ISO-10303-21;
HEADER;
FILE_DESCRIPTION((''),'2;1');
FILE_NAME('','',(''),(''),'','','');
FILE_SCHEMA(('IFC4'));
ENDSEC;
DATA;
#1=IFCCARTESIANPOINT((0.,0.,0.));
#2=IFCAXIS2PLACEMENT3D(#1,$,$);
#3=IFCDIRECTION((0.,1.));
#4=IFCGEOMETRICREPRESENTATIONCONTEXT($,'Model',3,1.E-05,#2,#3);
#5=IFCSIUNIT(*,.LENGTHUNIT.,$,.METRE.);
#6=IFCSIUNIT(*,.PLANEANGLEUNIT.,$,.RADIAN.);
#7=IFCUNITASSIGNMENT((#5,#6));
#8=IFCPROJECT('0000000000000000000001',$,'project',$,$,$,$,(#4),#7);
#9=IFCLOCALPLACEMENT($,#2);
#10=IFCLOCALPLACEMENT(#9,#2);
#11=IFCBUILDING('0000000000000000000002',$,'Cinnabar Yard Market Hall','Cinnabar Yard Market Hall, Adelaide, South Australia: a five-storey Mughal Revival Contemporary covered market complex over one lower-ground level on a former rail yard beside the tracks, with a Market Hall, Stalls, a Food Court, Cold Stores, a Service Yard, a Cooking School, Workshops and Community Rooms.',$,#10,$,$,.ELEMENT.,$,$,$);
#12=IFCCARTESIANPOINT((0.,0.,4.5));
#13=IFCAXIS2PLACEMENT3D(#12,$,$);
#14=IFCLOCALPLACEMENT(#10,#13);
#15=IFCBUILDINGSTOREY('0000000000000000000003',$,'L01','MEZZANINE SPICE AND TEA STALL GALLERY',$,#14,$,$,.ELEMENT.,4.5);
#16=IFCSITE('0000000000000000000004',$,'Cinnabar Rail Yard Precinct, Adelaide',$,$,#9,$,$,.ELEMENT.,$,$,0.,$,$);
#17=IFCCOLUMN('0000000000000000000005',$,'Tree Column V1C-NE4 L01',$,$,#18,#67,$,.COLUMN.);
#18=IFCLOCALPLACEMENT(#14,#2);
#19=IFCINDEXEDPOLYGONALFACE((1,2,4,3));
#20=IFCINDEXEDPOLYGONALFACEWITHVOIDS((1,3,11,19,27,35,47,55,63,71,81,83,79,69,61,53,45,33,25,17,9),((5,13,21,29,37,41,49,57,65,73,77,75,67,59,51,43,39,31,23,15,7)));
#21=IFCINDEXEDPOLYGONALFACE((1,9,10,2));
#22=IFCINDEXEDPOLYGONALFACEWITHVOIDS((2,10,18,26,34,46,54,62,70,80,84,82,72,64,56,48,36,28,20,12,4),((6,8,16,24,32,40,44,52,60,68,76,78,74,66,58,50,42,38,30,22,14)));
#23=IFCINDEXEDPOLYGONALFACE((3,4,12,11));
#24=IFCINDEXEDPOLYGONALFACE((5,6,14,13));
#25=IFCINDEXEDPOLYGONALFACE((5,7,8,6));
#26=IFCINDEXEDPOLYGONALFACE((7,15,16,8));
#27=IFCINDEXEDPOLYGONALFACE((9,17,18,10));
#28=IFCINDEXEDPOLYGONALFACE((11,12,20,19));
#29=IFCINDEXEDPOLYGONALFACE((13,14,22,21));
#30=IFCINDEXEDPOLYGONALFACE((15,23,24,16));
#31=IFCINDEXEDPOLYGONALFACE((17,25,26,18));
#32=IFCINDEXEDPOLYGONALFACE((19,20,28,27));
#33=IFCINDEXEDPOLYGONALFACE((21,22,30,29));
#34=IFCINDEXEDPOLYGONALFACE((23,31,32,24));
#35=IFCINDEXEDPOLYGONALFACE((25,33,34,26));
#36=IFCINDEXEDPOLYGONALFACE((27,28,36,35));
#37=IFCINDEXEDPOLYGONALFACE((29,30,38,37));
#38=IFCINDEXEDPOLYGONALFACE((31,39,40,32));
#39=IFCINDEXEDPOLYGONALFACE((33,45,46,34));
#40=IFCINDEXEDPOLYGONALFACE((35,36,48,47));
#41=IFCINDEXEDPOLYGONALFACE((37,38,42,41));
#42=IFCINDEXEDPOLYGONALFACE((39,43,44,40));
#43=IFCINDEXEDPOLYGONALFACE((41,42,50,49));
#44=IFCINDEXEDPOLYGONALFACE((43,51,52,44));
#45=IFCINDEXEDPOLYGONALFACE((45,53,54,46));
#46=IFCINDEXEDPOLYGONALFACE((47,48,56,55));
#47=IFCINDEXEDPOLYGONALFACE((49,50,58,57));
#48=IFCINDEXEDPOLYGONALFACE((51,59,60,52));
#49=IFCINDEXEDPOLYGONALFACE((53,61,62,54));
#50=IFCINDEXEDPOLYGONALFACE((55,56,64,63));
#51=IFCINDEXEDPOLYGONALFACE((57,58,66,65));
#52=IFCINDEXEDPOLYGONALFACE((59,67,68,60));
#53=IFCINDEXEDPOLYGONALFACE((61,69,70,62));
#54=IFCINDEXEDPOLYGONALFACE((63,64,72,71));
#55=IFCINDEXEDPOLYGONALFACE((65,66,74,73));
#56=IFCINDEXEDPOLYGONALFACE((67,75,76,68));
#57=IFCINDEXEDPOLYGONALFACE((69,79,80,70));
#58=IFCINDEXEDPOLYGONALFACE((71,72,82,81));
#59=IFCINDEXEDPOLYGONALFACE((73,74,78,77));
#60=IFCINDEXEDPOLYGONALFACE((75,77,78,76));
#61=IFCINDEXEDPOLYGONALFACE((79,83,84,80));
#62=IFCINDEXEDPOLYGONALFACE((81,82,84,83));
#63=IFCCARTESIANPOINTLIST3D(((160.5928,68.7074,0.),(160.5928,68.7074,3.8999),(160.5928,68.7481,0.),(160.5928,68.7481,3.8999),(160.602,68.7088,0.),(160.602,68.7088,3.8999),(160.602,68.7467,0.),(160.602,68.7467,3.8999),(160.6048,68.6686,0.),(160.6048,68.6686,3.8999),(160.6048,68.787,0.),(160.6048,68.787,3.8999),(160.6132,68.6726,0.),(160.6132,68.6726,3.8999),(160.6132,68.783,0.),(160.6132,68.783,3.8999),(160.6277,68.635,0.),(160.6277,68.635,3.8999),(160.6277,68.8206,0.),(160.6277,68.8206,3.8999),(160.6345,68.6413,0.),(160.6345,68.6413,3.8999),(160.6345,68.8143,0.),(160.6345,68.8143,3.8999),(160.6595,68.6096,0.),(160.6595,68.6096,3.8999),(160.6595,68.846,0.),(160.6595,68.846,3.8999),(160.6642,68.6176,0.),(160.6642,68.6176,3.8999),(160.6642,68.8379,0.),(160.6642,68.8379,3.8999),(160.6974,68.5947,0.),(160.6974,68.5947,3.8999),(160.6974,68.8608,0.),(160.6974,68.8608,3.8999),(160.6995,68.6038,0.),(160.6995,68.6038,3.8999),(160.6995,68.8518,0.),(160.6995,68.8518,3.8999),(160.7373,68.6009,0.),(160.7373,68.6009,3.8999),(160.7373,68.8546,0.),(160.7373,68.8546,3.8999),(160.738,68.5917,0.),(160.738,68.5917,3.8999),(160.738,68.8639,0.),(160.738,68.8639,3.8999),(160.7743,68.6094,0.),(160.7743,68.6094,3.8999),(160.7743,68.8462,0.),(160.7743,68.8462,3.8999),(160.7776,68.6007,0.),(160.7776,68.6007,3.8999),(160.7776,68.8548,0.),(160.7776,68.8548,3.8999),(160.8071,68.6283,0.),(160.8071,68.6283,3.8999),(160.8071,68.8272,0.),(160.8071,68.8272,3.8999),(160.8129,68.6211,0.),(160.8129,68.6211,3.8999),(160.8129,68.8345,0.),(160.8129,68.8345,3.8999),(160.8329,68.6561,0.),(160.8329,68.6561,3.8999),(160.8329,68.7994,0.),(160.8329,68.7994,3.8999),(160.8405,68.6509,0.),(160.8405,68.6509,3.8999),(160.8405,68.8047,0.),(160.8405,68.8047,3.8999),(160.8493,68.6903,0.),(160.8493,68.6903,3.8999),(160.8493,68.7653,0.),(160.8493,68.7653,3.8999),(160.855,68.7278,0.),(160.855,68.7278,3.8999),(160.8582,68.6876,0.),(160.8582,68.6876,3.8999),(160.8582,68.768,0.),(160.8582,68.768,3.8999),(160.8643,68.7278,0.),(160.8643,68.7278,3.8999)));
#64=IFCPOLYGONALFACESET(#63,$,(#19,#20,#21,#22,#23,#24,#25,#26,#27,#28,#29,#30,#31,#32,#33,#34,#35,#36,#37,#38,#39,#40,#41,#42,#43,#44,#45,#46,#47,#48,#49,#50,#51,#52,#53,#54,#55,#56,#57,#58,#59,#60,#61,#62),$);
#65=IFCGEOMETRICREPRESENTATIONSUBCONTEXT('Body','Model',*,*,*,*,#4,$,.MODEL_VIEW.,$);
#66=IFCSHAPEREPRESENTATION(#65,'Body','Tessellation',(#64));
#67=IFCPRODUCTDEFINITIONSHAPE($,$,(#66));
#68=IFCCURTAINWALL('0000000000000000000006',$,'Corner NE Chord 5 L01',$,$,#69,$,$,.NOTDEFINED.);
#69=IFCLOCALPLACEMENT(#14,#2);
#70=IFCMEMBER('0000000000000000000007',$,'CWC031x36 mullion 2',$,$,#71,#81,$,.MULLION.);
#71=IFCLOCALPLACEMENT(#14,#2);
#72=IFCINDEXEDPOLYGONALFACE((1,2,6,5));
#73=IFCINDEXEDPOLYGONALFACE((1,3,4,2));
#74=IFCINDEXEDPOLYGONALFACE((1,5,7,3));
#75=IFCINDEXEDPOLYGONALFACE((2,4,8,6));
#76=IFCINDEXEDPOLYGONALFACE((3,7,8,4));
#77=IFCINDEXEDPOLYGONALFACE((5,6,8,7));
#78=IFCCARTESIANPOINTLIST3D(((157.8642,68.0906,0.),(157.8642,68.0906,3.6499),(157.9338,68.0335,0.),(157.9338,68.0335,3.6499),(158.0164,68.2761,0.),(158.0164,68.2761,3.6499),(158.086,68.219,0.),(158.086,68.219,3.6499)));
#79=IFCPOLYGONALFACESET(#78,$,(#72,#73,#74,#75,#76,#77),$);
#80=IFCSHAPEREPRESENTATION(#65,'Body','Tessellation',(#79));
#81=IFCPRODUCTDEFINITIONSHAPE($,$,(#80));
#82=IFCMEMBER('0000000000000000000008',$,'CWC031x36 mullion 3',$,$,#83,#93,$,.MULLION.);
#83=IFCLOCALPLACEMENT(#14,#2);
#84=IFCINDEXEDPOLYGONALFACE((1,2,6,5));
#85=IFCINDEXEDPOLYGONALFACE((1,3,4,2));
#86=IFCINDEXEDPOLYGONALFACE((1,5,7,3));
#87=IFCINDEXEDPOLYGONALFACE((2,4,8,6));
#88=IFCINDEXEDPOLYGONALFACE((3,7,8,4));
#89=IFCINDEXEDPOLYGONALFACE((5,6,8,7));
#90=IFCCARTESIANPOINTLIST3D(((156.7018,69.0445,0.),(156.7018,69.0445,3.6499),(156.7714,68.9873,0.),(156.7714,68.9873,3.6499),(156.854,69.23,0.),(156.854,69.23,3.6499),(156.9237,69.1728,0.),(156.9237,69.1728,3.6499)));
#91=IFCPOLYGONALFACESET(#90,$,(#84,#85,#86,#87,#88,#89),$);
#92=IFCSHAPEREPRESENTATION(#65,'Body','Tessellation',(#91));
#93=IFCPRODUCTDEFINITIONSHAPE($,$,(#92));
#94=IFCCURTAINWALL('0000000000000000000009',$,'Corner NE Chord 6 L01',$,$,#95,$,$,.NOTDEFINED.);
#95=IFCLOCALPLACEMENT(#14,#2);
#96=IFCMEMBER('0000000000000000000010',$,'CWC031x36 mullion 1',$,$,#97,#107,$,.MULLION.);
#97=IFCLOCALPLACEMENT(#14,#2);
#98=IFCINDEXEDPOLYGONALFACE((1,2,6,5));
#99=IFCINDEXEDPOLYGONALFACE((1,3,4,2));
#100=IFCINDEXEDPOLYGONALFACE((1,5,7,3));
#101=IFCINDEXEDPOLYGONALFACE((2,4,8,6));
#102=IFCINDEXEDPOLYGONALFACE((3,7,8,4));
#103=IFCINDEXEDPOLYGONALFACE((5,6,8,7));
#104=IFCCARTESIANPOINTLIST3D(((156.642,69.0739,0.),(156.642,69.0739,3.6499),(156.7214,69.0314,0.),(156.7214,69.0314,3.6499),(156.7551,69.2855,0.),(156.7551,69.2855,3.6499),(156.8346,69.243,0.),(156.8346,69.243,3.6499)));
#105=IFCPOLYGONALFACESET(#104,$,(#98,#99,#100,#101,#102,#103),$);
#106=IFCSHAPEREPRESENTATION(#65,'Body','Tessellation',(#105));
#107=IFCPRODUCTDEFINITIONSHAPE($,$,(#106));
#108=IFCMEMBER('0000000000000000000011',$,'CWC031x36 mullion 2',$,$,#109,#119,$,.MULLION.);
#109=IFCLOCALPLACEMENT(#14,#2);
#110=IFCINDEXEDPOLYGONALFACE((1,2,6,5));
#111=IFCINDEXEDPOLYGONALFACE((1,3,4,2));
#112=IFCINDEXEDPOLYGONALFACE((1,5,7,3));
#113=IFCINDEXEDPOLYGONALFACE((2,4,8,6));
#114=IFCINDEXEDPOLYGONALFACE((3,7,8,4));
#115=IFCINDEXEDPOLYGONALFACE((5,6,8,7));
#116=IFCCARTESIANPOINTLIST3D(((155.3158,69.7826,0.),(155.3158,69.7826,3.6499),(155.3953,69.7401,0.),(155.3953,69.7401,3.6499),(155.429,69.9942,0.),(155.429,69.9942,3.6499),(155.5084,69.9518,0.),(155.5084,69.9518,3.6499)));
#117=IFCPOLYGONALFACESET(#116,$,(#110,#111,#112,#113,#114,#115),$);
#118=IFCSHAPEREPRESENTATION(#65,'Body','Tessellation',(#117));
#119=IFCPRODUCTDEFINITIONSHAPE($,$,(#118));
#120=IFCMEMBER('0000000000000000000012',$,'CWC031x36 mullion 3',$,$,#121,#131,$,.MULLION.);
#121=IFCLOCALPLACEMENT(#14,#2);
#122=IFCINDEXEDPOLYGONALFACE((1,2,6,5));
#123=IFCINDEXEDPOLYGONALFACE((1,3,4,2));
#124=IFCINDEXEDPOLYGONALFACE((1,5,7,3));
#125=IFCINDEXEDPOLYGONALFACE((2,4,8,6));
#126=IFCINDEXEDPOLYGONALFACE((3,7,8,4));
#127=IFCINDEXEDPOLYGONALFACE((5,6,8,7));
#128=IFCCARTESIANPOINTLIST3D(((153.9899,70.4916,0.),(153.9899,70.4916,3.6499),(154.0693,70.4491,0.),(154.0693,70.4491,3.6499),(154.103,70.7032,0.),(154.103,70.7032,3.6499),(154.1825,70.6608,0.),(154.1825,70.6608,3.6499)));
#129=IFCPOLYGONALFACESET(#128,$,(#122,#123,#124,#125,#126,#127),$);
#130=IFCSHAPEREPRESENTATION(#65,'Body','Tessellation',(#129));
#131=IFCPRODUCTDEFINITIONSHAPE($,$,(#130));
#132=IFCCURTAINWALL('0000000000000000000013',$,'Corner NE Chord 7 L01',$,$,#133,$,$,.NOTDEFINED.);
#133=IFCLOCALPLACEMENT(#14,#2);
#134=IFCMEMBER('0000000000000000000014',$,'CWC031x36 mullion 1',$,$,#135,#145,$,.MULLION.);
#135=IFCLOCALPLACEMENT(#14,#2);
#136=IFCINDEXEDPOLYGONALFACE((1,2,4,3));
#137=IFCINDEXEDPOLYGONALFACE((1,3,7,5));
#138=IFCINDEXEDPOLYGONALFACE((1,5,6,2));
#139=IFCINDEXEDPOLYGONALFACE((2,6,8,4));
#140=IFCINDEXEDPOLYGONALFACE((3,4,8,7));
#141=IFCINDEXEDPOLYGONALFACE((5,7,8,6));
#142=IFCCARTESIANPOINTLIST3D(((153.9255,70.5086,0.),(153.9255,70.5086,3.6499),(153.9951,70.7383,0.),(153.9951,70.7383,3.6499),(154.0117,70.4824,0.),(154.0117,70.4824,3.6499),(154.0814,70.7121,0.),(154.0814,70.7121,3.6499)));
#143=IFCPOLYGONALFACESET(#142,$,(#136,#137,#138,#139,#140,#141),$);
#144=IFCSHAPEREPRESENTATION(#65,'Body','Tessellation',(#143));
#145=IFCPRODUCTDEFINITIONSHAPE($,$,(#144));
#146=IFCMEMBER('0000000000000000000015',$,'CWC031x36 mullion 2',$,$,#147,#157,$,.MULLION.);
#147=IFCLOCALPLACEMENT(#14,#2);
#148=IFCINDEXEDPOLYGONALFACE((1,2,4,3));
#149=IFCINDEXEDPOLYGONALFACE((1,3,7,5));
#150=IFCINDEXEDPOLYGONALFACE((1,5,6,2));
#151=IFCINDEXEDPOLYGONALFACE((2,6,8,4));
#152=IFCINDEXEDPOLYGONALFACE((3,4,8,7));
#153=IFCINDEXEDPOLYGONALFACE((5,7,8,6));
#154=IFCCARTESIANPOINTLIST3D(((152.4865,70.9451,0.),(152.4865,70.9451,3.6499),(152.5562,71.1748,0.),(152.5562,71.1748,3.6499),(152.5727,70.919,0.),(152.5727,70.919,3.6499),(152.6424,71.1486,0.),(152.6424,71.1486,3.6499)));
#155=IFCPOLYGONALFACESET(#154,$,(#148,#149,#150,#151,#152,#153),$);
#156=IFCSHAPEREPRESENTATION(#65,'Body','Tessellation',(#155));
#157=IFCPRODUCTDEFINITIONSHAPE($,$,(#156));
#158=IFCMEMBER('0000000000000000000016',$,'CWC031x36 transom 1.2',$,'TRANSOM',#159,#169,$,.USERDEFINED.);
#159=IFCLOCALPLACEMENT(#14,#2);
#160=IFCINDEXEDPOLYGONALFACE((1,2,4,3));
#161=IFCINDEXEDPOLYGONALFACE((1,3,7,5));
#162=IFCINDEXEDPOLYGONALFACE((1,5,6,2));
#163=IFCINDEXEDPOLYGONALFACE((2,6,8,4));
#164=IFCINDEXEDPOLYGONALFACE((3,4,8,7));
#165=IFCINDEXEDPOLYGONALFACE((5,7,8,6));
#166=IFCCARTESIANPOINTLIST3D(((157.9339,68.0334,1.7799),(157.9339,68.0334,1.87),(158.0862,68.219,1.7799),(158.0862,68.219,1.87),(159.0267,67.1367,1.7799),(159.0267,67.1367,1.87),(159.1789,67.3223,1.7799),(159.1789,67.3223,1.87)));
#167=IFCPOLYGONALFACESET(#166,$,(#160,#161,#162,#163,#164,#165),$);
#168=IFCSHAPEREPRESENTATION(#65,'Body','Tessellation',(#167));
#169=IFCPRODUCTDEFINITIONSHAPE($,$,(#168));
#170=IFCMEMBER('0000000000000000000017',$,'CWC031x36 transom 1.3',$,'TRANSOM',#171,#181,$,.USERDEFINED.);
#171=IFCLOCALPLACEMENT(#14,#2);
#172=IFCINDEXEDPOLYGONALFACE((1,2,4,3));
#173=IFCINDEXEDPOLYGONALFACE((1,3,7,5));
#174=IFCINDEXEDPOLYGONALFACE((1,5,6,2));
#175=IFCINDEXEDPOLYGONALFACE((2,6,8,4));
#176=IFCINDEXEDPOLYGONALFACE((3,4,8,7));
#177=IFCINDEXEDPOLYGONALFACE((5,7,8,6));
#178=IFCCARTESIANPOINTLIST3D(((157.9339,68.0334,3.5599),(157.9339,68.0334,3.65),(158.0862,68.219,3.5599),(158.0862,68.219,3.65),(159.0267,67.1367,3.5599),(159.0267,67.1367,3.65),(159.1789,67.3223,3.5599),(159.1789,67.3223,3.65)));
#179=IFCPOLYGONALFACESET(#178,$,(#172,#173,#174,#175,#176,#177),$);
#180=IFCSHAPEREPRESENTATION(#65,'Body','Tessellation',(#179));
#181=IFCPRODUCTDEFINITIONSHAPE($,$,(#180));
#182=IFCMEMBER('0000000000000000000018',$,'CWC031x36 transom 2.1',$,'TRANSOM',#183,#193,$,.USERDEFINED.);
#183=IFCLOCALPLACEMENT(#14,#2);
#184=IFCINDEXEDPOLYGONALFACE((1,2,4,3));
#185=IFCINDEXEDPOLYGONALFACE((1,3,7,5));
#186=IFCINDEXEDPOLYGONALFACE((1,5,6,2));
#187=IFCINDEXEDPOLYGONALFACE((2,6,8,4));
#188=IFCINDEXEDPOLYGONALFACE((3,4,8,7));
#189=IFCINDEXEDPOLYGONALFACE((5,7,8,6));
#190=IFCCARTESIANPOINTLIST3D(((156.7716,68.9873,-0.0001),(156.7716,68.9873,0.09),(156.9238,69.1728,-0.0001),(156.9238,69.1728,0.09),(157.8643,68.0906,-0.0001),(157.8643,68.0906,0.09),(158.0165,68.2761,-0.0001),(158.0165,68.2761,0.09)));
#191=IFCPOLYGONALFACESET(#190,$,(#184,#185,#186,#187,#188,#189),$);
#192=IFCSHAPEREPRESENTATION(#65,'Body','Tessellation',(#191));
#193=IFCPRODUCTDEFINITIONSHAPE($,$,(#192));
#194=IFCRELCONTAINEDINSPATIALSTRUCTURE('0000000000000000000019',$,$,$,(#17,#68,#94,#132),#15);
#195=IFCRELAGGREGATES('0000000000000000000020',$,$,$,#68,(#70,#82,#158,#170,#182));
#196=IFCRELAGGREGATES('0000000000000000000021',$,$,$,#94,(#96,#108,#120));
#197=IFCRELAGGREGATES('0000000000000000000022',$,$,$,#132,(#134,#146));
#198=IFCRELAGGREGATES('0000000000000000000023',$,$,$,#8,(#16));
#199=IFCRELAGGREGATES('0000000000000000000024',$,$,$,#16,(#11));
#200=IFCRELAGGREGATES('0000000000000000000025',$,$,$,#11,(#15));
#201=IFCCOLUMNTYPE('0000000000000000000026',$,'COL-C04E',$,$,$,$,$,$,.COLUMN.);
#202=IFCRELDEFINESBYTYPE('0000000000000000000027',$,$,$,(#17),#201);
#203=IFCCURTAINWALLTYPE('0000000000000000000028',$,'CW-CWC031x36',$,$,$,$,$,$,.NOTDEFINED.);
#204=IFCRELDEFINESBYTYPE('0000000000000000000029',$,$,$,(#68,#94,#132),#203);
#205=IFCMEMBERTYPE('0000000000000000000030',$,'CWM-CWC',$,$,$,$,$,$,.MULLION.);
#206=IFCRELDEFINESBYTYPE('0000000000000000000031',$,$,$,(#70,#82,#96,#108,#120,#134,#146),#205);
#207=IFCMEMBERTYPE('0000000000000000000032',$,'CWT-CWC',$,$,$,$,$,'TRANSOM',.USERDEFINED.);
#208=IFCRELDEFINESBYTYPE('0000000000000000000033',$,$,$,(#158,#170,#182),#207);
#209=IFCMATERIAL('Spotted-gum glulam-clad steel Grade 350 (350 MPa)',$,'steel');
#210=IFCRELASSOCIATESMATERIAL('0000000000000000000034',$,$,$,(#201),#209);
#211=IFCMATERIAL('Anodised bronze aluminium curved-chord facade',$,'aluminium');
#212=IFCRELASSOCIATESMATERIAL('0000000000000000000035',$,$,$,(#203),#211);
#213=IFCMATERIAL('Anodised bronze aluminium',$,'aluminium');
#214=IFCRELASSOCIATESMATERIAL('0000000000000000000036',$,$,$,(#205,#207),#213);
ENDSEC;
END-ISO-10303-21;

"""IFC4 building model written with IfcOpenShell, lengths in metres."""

from ifc_helpers import new_model, si_unit, direction, frame, origin, origin_2d_with_axis, place, context, subcontext, project, spatial, rectangle, hollow_circle, extrude, material, material_profile, profile_set, type_object, element, aggregate, save


model = new_model("IFC4")

# Units and contexts
model_context = context("Model", 3, precision=1e-05, world=origin(), true_north=direction((0.0, 1.0)))
body_context = subcontext(model_context, "Body", "Model", "MODEL_VIEW")
ifc_project = project(units=[si_unit("LENGTHUNIT", "METRE"), si_unit("PLANEANGLEUNIT", "RADIAN")], contexts=[model_context])

# Site, building, storey
site_placement = place(None, origin())
site = spatial("IfcSite", under=ifc_project, at=site_placement, Name="Cinnabar Rail Yard Precinct, Adelaide", CompositionType="ELEMENT", RefElevation=0.0)
building_placement = place(site_placement, origin())
building = spatial("IfcBuilding", under=site, at=building_placement, Name="Cinnabar Yard Market Hall", Description="Cinnabar Yard Market Hall, Adelaide, South Australia: a five-storey Mughal Revival Contemporary covered market complex over one lower-ground level on a former rail yard beside the tracks, with a Market Hall, Stalls, a Food Court, Cold Stores, a Service Yard, a Cooking School, Workshops and Community Rooms.", CompositionType="ELEMENT")
storey_placement = place(building_placement, frame((0.0, 0.0, 4.5)))
storey = spatial("IfcBuildingStorey", under=building, at=storey_placement, Name="L01", Description="MEZZANINE SPICE AND TEA STALL GALLERY", CompositionType="ELEMENT", Elevation=4.5)

# Column
ifc_material_1 = material(Name="Spotted-gum glulam-clad steel Grade 350 (350 MPa)", Category="steel")
ifc_material_profile_1 = material_profile(ifc_material_1, hollow_circle(Radius=0.1365, WallThickness=0.0093, at=origin_2d_with_axis()), Name="273.1x9.3CHS")
ifc_profile_set_1 = profile_set([ifc_material_profile_1], Name="Spotted-gum glulam-clad steel Grade 350 (350 MPa)")
column_type = type_object("IfcColumnType", Name="COL-C04E", PredefinedType="COLUMN", material=ifc_profile_set_1)
column_placement = place(storey_placement, frame((160.7278, 68.7278, 0.0), z_axis=(0.0, 0.0, 1.0), x_axis=(1.0, 0.0, 0.0)))
element("IfcColumn", 1, at=column_placement, inside=storey, type_object=column_type, Name="Tree Column V1C-NE4 L01", PredefinedType="COLUMN", context=body_context, shape_type="SweptSolid", body=[
    extrude(hollow_circle(Radius=0.1365, WallThickness=0.0093, at=origin_2d_with_axis()), origin(), (0.0, 0.0, 1.0), 3.8999),
])

# Curtain walls, members
ifc_material_2 = material(Name="Anodised bronze aluminium curved-chord facade", Category="aluminium")
curtain_wall_type = type_object("IfcCurtainWallType", Name="CW-CWC031x36", PredefinedType="NOTDEFINED", material=ifc_material_2)
curtain_wall_1_placement = place(storey_placement, origin())
curtain_wall_1 = element("IfcCurtainWall", 2, at=curtain_wall_1_placement, inside=storey, type_object=curtain_wall_type, Name="Corner NE Chord 5 L01", PredefinedType="NOTDEFINED")
ifc_material_3 = material(Name="Anodised bronze aluminium", Category="aluminium")
ifc_material_profile_2 = material_profile(ifc_material_3, rectangle(XDim=0.24, YDim=0.0901, at=origin_2d_with_axis()), Name="MUL-CWC")
ifc_profile_set_2 = profile_set([ifc_material_profile_2], Name="Anodised bronze aluminium")
member_type_1 = type_object("IfcMemberType", Name="CWM-CWC", PredefinedType="MULLION", material=ifc_profile_set_2)
member_1_placement = place(storey_placement, frame((157.9751, 68.1548, 0.0), z_axis=(0.0, 0.0, 1.0), x_axis=(-0.634383, -0.773019, 0.0)))
member_1 = element("IfcMember", 3, at=member_1_placement, type_object=member_type_1, Name="CWC031x36 mullion 2", PredefinedType="MULLION", context=body_context, shape_type="SweptSolid", body=[
    extrude(rectangle(XDim=0.24, YDim=0.0901, at=origin_2d_with_axis()), origin(), (0.0, 0.0, 1.0), 3.6499),
])
member_2_placement = place(storey_placement, frame((156.8127, 69.1086, 0.0), z_axis=(0.0, 0.0, 1.0), x_axis=(-0.634383, -0.773019, 0.0)))
member_2 = element("IfcMember", 4, at=member_2_placement, type_object=member_type_1, Name="CWC031x36 mullion 3", PredefinedType="MULLION", context=body_context, shape_type="SweptSolid", body=[
    extrude(rectangle(XDim=0.24, YDim=0.0901, at=origin_2d_with_axis()), origin(), (0.0, 0.0, 1.0), 3.6499),
])
curtain_wall_2_placement = place(storey_placement, origin())
curtain_wall_2 = element("IfcCurtainWall", 5, at=curtain_wall_2_placement, inside=storey, type_object=curtain_wall_type, Name="Corner NE Chord 6 L01", PredefinedType="NOTDEFINED")
member_3_placement = place(storey_placement, frame((156.7383, 69.1584, 0.0), z_axis=(0.0, 0.0, 1.0), x_axis=(-0.471404, -0.881917, 0.0)))
member_3 = element("IfcMember", 6, at=member_3_placement, type_object=member_type_1, Name="CWC031x36 mullion 1", PredefinedType="MULLION", context=body_context, shape_type="SweptSolid", body=[
    extrude(rectangle(XDim=0.24, YDim=0.0901, at=origin_2d_with_axis()), origin(), (0.0, 0.0, 1.0), 3.6499),
])
member_4_placement = place(storey_placement, frame((155.4121, 69.8672, 0.0), z_axis=(0.0, 0.0, 1.0), x_axis=(-0.471404, -0.881917, 0.0)))
member_4 = element("IfcMember", 7, at=member_4_placement, type_object=member_type_1, Name="CWC031x36 mullion 2", PredefinedType="MULLION", context=body_context, shape_type="SweptSolid", body=[
    extrude(rectangle(XDim=0.24, YDim=0.0901, at=origin_2d_with_axis()), origin(), (0.0, 0.0, 1.0), 3.6499),
])
member_5_placement = place(storey_placement, frame((154.0862, 70.5762, 0.0), z_axis=(0.0, 0.0, 1.0), x_axis=(-0.471404, -0.881917, 0.0)))
member_5 = element("IfcMember", 8, at=member_5_placement, type_object=member_type_1, Name="CWC031x36 mullion 3", PredefinedType="MULLION", context=body_context, shape_type="SweptSolid", body=[
    extrude(rectangle(XDim=0.24, YDim=0.0901, at=origin_2d_with_axis()), origin(), (0.0, 0.0, 1.0), 3.6499),
])
curtain_wall_3_placement = place(storey_placement, origin())
curtain_wall_3 = element("IfcCurtainWall", 9, at=curtain_wall_3_placement, inside=storey, type_object=curtain_wall_type, Name="Corner NE Chord 7 L01", PredefinedType="NOTDEFINED")
member_6_placement = place(storey_placement, frame((154.0034, 70.6104, 0.0), z_axis=(0.0, 0.0, 1.0), x_axis=(-0.290279, -0.956942, 0.0)))
member_6 = element("IfcMember", 10, at=member_6_placement, type_object=member_type_1, Name="CWC031x36 mullion 1", PredefinedType="MULLION", context=body_context, shape_type="SweptSolid", body=[
    extrude(rectangle(XDim=0.24, YDim=0.0901, at=origin_2d_with_axis()), origin(), (0.0, 0.0, 1.0), 3.6499),
])
member_7_placement = place(storey_placement, frame((152.5645, 71.0469, 0.0), z_axis=(0.0, 0.0, 1.0), x_axis=(-0.290279, -0.956942, 0.0)))
member_7 = element("IfcMember", 11, at=member_7_placement, type_object=member_type_1, Name="CWC031x36 mullion 2", PredefinedType="MULLION", context=body_context, shape_type="SweptSolid", body=[
    extrude(rectangle(XDim=0.24, YDim=0.0901, at=origin_2d_with_axis()), origin(), (0.0, 0.0, 1.0), 3.6499),
])

# Members
ifc_material_profile_3 = material_profile(ifc_material_3, rectangle(XDim=0.24, YDim=0.0901, at=origin_2d_with_axis()), Name="TRN-CWC")
ifc_profile_set_3 = profile_set([ifc_material_profile_3], Name="Anodised bronze aluminium")
member_type_2 = type_object("IfcMemberType", Name="CWT-CWC", ElementType="TRANSOM", PredefinedType="USERDEFINED", material=ifc_profile_set_3)
member_8_placement = place(storey_placement, frame((159.1028, 67.2295, 1.825), z_axis=(-0.773041, 0.634356, 0.0), x_axis=(-0.634356, -0.773041, 0.0)))
member_8 = element("IfcMember", 12, at=member_8_placement, type_object=member_type_2, Name="CWC031x36 transom 1.2", ObjectType="TRANSOM", PredefinedType="USERDEFINED", context=body_context, shape_type="SweptSolid", body=[
    extrude(rectangle(XDim=0.24, YDim=0.0901, at=origin_2d_with_axis()), origin(), (0.0, 0.0, 1.0), 1.4136),
])
member_9_placement = place(storey_placement, frame((159.1028, 67.2295, 3.605), z_axis=(-0.773041, 0.634356, 0.0), x_axis=(-0.634356, -0.773041, 0.0)))
member_9 = element("IfcMember", 13, at=member_9_placement, type_object=member_type_2, Name="CWC031x36 transom 1.3", ObjectType="TRANSOM", PredefinedType="USERDEFINED", context=body_context, shape_type="SweptSolid", body=[
    extrude(rectangle(XDim=0.24, YDim=0.0901, at=origin_2d_with_axis()), origin(), (0.0, 0.0, 1.0), 1.4136),
])
member_10_placement = place(storey_placement, frame((157.9404, 68.1833, 0.0449), z_axis=(-0.773041, 0.634356, 0.0), x_axis=(-0.634356, -0.773041, 0.0)))
member_10 = element("IfcMember", 14, at=member_10_placement, type_object=member_type_2, Name="CWC031x36 transom 2.1", ObjectType="TRANSOM", PredefinedType="USERDEFINED", context=body_context, shape_type="SweptSolid", body=[
    extrude(rectangle(XDim=0.24, YDim=0.0901, at=origin_2d_with_axis()), origin(), (0.0, 0.0, 1.0), 1.4136),
])

aggregate(curtain_wall_1, [member_1, member_2, member_8, member_9, member_10])
aggregate(curtain_wall_2, [member_3, member_4, member_5])
aggregate(curtain_wall_3, [member_6, member_7])

save(model, "model.ifc")
